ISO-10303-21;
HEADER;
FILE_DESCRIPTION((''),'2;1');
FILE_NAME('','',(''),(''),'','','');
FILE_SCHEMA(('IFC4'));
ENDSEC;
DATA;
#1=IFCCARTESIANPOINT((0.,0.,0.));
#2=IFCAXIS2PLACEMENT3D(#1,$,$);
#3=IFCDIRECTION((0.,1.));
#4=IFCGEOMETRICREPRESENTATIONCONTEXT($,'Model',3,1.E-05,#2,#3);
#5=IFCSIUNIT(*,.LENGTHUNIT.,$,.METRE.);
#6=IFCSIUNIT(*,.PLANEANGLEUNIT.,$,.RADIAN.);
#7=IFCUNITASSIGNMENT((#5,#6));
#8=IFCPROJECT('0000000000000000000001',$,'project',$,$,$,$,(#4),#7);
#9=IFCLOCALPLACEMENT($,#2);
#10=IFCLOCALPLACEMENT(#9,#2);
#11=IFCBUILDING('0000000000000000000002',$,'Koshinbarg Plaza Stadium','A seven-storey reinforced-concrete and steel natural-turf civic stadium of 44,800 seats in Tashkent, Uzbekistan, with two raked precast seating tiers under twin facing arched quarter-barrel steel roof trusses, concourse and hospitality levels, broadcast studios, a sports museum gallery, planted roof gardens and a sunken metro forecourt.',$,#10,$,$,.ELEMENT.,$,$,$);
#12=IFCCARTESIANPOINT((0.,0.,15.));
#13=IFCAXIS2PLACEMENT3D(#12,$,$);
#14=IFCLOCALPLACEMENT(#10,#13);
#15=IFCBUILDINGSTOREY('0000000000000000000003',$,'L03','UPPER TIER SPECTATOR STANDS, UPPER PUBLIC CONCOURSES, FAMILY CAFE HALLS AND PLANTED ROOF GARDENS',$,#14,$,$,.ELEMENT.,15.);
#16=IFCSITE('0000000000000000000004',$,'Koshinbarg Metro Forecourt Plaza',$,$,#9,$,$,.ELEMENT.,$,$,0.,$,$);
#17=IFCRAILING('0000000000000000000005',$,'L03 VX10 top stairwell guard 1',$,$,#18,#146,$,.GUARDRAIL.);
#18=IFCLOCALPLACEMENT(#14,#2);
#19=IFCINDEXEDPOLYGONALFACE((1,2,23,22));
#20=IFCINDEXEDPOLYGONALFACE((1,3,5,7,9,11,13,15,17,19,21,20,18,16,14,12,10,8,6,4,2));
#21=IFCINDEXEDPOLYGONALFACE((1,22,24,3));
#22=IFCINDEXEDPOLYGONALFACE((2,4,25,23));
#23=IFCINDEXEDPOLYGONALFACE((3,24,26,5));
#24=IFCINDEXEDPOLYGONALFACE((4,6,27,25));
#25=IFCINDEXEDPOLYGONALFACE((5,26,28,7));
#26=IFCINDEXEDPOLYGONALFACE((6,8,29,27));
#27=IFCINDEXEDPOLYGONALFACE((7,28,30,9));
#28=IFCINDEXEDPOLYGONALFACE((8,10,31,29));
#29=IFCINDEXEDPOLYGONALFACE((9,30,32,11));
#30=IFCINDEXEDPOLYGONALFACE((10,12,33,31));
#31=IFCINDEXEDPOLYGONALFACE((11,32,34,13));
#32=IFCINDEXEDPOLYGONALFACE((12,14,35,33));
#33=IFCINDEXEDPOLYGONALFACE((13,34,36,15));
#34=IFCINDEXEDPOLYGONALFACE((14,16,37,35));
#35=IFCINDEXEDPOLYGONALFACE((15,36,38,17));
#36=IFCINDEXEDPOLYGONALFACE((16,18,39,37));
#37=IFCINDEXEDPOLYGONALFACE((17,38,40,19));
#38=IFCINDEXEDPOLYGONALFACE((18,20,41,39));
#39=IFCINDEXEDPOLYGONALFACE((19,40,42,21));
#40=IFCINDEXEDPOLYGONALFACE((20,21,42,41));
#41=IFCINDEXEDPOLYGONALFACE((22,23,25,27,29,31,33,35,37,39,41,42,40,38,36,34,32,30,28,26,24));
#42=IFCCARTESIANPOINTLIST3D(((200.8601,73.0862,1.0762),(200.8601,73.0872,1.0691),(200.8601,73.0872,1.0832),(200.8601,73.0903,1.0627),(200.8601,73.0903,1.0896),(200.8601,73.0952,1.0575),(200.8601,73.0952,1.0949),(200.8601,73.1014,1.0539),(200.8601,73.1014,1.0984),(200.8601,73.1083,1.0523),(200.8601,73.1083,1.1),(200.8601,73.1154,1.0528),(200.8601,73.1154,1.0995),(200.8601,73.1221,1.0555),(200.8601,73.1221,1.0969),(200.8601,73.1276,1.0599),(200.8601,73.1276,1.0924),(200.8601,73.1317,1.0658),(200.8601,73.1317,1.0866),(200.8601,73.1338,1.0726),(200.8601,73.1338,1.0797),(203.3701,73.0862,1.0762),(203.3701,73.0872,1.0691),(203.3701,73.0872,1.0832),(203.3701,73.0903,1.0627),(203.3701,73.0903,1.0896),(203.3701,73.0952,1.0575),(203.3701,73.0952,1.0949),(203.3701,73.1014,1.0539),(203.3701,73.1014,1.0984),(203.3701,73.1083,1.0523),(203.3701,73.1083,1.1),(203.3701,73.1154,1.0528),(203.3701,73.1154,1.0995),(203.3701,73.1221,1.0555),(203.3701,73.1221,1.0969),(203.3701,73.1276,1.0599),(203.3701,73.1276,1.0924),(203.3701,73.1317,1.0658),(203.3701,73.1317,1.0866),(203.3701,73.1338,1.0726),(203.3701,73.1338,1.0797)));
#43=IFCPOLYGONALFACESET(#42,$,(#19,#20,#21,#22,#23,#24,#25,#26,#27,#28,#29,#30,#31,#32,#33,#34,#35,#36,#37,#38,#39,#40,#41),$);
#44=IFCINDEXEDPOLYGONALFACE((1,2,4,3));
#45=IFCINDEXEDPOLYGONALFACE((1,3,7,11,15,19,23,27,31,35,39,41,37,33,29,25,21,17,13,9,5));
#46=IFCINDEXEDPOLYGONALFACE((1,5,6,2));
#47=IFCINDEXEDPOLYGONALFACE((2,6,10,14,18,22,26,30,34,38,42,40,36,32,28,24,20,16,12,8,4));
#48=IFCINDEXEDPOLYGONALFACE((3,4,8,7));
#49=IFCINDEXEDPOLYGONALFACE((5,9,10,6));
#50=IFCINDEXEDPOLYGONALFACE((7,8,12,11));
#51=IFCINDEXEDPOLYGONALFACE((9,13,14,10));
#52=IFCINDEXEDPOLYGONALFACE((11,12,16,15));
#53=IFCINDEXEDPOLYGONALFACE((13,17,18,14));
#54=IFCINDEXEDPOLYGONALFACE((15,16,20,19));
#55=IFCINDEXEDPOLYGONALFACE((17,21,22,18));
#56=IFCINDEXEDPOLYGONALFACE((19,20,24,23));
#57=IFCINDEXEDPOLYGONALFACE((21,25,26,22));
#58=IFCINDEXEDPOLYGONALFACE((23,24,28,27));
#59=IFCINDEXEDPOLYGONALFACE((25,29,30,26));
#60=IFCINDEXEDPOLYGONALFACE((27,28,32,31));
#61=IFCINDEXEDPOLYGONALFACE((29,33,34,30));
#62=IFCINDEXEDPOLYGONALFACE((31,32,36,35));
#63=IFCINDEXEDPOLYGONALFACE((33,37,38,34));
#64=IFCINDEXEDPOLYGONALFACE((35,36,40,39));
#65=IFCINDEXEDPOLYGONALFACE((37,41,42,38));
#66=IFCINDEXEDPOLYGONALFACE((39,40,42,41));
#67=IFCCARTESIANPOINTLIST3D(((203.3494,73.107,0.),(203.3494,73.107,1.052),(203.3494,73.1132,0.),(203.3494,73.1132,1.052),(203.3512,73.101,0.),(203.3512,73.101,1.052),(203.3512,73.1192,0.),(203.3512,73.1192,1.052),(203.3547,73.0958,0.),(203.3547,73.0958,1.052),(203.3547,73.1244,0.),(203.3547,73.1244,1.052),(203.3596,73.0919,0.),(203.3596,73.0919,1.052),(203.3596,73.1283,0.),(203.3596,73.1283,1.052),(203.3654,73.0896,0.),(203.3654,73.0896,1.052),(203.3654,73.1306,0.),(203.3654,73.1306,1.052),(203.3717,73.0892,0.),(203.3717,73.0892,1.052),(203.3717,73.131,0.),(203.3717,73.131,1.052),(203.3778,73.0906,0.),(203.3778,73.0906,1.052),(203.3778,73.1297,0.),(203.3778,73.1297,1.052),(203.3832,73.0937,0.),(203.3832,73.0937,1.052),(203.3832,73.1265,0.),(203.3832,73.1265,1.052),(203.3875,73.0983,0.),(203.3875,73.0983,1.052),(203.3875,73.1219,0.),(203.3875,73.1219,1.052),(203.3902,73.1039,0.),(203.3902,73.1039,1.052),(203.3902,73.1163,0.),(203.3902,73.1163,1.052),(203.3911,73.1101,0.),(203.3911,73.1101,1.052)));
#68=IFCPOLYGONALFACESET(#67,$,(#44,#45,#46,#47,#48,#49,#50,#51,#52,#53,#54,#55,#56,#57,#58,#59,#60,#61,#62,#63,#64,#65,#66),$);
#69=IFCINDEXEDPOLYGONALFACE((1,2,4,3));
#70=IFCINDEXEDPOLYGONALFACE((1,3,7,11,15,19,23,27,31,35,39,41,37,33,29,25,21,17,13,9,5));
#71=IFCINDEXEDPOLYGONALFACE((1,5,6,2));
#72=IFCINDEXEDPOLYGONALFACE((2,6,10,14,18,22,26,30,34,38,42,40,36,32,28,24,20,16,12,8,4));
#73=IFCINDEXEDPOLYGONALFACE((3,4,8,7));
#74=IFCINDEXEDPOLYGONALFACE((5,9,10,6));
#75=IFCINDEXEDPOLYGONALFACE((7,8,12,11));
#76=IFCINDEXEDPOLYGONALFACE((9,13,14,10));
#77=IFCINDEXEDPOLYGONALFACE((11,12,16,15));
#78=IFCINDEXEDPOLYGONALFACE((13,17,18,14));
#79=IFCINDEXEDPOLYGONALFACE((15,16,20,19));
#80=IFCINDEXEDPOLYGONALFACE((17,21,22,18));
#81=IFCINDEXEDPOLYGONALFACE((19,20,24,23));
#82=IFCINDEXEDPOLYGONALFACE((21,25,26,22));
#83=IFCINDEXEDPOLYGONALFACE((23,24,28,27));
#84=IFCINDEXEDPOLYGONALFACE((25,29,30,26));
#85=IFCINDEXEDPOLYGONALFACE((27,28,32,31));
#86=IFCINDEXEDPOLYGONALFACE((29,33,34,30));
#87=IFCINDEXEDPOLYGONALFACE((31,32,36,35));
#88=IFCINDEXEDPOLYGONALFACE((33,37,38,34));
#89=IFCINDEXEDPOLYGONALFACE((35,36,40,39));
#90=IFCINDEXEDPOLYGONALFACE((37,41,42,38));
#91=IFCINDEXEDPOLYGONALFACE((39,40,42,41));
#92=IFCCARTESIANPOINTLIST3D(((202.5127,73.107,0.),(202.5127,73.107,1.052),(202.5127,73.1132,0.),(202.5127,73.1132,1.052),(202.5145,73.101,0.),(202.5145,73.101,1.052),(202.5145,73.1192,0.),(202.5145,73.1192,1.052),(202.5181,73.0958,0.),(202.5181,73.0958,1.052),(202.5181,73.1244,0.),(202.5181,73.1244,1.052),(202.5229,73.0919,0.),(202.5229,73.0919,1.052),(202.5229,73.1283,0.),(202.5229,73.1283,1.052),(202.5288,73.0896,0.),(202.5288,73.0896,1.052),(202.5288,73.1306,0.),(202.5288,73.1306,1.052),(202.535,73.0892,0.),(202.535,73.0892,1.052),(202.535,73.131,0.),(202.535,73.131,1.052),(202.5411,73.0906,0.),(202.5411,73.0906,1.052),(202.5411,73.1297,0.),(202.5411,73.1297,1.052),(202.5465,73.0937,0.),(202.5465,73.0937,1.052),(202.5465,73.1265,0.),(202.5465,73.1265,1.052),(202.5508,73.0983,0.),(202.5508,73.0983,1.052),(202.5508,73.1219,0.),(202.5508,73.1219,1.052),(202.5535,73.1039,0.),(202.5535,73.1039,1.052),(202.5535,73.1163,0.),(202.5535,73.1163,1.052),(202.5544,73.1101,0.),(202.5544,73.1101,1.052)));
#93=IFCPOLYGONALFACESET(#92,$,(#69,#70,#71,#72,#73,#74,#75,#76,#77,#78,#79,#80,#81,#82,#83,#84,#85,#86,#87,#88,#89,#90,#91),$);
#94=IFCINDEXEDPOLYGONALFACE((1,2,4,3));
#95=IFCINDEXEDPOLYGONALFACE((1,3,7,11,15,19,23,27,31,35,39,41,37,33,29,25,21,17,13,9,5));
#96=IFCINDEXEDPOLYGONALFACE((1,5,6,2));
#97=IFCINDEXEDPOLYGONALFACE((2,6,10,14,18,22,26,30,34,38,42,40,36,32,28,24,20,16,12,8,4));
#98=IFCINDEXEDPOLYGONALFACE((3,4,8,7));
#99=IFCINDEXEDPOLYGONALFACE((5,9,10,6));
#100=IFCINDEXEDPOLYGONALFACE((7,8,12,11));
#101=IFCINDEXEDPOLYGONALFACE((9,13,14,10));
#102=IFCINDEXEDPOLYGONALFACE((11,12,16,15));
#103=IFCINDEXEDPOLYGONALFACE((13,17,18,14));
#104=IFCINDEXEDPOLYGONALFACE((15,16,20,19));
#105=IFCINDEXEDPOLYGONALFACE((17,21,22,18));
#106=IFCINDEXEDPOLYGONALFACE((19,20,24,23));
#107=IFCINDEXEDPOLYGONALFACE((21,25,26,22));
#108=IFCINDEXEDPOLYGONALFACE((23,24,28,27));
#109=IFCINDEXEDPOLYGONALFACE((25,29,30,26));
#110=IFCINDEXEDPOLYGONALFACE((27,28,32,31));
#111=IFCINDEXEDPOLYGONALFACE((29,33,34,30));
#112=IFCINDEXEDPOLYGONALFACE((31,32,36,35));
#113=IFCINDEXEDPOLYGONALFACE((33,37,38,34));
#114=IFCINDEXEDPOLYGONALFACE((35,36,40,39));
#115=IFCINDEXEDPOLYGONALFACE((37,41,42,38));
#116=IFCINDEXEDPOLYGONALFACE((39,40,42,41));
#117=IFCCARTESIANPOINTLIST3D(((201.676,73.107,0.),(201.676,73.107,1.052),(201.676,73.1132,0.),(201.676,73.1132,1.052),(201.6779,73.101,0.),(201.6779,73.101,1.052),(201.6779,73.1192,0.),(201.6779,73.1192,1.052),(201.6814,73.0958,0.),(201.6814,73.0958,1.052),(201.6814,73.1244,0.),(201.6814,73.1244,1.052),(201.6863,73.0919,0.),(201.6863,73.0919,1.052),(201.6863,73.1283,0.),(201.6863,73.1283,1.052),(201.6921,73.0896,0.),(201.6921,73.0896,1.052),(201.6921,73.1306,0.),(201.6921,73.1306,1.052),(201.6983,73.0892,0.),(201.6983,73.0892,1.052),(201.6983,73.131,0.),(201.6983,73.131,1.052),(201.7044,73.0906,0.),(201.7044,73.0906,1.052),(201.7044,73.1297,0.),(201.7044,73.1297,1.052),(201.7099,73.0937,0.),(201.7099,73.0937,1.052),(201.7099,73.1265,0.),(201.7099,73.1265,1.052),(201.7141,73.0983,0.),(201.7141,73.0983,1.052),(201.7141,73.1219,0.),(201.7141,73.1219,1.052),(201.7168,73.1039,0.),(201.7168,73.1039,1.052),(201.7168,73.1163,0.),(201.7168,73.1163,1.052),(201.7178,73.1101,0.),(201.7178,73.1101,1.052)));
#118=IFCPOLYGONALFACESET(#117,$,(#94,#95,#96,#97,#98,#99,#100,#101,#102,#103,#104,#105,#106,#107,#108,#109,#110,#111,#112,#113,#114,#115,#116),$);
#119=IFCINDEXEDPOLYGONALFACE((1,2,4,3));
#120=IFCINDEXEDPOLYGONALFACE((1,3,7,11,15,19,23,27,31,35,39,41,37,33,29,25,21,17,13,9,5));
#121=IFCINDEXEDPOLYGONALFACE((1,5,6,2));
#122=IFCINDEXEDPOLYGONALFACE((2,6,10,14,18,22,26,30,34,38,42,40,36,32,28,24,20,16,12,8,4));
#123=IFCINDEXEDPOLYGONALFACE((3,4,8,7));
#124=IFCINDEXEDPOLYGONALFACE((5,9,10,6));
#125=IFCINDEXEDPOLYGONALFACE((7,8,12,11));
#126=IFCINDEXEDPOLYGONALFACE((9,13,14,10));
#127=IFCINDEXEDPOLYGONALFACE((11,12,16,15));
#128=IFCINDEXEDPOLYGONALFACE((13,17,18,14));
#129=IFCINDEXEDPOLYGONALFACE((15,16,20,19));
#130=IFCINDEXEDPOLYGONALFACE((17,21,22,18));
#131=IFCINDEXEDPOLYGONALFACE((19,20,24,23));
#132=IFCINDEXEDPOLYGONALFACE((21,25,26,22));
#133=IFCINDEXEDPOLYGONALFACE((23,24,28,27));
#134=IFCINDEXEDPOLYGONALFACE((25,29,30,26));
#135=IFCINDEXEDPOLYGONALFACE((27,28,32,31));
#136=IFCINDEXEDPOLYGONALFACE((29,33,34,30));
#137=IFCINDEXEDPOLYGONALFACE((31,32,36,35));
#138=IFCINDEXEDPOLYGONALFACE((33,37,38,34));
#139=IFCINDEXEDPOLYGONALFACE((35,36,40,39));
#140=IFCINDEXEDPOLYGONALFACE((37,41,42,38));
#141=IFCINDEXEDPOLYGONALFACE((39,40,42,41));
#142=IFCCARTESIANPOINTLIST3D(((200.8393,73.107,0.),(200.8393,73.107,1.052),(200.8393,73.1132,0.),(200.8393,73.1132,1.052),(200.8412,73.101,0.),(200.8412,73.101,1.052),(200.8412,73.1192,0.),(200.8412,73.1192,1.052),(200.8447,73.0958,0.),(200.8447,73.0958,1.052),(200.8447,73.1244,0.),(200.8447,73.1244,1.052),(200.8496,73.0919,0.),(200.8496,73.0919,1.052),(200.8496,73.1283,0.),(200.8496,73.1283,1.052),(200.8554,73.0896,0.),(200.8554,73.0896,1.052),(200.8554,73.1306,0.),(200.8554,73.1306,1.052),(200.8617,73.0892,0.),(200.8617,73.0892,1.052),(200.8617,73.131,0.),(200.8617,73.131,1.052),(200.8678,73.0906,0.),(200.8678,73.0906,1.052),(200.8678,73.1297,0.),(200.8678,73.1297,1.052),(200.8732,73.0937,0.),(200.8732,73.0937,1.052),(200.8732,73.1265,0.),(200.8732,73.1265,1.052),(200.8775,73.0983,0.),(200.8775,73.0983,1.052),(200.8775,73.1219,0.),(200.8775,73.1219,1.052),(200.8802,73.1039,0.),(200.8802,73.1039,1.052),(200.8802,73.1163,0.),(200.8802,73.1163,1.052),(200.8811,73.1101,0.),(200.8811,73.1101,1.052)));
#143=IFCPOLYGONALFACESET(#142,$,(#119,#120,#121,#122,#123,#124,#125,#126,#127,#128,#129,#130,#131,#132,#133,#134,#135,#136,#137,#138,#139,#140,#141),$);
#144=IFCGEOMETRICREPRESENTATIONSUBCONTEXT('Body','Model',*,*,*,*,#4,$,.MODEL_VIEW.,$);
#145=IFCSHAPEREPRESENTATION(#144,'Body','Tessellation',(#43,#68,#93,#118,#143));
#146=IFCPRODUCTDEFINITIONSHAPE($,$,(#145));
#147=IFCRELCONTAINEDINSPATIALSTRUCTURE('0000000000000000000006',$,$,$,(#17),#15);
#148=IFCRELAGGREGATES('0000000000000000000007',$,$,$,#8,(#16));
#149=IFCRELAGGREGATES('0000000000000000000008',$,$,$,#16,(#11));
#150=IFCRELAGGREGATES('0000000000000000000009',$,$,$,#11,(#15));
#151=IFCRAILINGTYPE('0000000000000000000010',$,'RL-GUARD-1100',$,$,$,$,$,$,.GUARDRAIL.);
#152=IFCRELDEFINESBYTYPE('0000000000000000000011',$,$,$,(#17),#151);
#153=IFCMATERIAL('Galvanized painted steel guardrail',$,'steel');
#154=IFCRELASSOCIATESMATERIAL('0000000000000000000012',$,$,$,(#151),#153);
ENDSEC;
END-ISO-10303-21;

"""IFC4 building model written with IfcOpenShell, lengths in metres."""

from ifc_helpers import new_model, si_unit, direction, frame, origin, origin_2d, place, context, subcontext, project, spatial, circle, extrude, material, type_object, element, save


model = new_model("IFC4")

# Units and contexts
model_context = context("Model", 3, precision=1e-05, world=origin(), true_north=direction((0.0, 1.0)))
body_context = subcontext(model_context, "Body", "Model", "MODEL_VIEW")
ifc_project = project(units=[si_unit("LENGTHUNIT", "METRE"), si_unit("PLANEANGLEUNIT", "RADIAN")], contexts=[model_context])

# Site, building, storey
site_placement = place(None, origin())
site = spatial("IfcSite", under=ifc_project, at=site_placement, Name="Koshinbarg Metro Forecourt Plaza", CompositionType="ELEMENT", RefElevation=0.0)
building_placement = place(site_placement, origin())
building = spatial("IfcBuilding", under=site, at=building_placement, Name="Koshinbarg Plaza Stadium", Description="A seven-storey reinforced-concrete and steel natural-turf civic stadium of 44,800 seats in Tashkent, Uzbekistan, with two raked precast seating tiers under twin facing arched quarter-barrel steel roof trusses, concourse and hospitality levels, broadcast studios, a sports museum gallery, planted roof gardens and a sunken metro forecourt.", CompositionType="ELEMENT")
storey_placement = place(building_placement, frame((0.0, 0.0, 15.0)))
storey = spatial("IfcBuildingStorey", under=building, at=storey_placement, Name="L03", Description="UPPER TIER SPECTATOR STANDS, UPPER PUBLIC CONCOURSES, FAMILY CAFE HALLS AND PLANTED ROOF GARDENS", CompositionType="ELEMENT", Elevation=15.0)

# Railing
ifc_material_1 = material(Name="Galvanized painted steel guardrail", Category="steel")
railing_type = type_object("IfcRailingType", Name="RL-GUARD-1100", PredefinedType="GUARDRAIL", material=ifc_material_1)
for number, where, name in (
    (1, (203.3701, 73.1101, 0.0), "L03 VX10 top stairwell guard 1"),
):
    element("IfcRailing", number, at=place(storey_placement, frame(where)), inside=storey, type_object=railing_type, Name=name, PredefinedType="GUARDRAIL", context=body_context, shape_type="SweptSolid", body=[
        extrude(circle(Radius=0.0239, at=origin_2d()), frame((0.0, 0.0, 1.0762), z_axis=(-1.0, 0.0, 0.0), x_axis=(0.0, -1.0, 0.0)), (0.0, 0.0, 1.0), 2.51),
        extrude(circle(Radius=0.021, at=origin_2d()), origin(), (0.0, 0.0, 1.0), 1.052),
        extrude(circle(Radius=0.021, at=origin_2d()), frame((-0.8367, 0.0, 0.0)), (0.0, 0.0, 1.0), 1.052),
        extrude(circle(Radius=0.021, at=origin_2d()), frame((-1.6733, 0.0, 0.0)), (0.0, 0.0, 1.0), 1.052),
        extrude(circle(Radius=0.021, at=origin_2d()), frame((-2.51, 0.0, 0.0)), (0.0, 0.0, 1.0), 1.052),
    ])

save(model, "model.ifc")
